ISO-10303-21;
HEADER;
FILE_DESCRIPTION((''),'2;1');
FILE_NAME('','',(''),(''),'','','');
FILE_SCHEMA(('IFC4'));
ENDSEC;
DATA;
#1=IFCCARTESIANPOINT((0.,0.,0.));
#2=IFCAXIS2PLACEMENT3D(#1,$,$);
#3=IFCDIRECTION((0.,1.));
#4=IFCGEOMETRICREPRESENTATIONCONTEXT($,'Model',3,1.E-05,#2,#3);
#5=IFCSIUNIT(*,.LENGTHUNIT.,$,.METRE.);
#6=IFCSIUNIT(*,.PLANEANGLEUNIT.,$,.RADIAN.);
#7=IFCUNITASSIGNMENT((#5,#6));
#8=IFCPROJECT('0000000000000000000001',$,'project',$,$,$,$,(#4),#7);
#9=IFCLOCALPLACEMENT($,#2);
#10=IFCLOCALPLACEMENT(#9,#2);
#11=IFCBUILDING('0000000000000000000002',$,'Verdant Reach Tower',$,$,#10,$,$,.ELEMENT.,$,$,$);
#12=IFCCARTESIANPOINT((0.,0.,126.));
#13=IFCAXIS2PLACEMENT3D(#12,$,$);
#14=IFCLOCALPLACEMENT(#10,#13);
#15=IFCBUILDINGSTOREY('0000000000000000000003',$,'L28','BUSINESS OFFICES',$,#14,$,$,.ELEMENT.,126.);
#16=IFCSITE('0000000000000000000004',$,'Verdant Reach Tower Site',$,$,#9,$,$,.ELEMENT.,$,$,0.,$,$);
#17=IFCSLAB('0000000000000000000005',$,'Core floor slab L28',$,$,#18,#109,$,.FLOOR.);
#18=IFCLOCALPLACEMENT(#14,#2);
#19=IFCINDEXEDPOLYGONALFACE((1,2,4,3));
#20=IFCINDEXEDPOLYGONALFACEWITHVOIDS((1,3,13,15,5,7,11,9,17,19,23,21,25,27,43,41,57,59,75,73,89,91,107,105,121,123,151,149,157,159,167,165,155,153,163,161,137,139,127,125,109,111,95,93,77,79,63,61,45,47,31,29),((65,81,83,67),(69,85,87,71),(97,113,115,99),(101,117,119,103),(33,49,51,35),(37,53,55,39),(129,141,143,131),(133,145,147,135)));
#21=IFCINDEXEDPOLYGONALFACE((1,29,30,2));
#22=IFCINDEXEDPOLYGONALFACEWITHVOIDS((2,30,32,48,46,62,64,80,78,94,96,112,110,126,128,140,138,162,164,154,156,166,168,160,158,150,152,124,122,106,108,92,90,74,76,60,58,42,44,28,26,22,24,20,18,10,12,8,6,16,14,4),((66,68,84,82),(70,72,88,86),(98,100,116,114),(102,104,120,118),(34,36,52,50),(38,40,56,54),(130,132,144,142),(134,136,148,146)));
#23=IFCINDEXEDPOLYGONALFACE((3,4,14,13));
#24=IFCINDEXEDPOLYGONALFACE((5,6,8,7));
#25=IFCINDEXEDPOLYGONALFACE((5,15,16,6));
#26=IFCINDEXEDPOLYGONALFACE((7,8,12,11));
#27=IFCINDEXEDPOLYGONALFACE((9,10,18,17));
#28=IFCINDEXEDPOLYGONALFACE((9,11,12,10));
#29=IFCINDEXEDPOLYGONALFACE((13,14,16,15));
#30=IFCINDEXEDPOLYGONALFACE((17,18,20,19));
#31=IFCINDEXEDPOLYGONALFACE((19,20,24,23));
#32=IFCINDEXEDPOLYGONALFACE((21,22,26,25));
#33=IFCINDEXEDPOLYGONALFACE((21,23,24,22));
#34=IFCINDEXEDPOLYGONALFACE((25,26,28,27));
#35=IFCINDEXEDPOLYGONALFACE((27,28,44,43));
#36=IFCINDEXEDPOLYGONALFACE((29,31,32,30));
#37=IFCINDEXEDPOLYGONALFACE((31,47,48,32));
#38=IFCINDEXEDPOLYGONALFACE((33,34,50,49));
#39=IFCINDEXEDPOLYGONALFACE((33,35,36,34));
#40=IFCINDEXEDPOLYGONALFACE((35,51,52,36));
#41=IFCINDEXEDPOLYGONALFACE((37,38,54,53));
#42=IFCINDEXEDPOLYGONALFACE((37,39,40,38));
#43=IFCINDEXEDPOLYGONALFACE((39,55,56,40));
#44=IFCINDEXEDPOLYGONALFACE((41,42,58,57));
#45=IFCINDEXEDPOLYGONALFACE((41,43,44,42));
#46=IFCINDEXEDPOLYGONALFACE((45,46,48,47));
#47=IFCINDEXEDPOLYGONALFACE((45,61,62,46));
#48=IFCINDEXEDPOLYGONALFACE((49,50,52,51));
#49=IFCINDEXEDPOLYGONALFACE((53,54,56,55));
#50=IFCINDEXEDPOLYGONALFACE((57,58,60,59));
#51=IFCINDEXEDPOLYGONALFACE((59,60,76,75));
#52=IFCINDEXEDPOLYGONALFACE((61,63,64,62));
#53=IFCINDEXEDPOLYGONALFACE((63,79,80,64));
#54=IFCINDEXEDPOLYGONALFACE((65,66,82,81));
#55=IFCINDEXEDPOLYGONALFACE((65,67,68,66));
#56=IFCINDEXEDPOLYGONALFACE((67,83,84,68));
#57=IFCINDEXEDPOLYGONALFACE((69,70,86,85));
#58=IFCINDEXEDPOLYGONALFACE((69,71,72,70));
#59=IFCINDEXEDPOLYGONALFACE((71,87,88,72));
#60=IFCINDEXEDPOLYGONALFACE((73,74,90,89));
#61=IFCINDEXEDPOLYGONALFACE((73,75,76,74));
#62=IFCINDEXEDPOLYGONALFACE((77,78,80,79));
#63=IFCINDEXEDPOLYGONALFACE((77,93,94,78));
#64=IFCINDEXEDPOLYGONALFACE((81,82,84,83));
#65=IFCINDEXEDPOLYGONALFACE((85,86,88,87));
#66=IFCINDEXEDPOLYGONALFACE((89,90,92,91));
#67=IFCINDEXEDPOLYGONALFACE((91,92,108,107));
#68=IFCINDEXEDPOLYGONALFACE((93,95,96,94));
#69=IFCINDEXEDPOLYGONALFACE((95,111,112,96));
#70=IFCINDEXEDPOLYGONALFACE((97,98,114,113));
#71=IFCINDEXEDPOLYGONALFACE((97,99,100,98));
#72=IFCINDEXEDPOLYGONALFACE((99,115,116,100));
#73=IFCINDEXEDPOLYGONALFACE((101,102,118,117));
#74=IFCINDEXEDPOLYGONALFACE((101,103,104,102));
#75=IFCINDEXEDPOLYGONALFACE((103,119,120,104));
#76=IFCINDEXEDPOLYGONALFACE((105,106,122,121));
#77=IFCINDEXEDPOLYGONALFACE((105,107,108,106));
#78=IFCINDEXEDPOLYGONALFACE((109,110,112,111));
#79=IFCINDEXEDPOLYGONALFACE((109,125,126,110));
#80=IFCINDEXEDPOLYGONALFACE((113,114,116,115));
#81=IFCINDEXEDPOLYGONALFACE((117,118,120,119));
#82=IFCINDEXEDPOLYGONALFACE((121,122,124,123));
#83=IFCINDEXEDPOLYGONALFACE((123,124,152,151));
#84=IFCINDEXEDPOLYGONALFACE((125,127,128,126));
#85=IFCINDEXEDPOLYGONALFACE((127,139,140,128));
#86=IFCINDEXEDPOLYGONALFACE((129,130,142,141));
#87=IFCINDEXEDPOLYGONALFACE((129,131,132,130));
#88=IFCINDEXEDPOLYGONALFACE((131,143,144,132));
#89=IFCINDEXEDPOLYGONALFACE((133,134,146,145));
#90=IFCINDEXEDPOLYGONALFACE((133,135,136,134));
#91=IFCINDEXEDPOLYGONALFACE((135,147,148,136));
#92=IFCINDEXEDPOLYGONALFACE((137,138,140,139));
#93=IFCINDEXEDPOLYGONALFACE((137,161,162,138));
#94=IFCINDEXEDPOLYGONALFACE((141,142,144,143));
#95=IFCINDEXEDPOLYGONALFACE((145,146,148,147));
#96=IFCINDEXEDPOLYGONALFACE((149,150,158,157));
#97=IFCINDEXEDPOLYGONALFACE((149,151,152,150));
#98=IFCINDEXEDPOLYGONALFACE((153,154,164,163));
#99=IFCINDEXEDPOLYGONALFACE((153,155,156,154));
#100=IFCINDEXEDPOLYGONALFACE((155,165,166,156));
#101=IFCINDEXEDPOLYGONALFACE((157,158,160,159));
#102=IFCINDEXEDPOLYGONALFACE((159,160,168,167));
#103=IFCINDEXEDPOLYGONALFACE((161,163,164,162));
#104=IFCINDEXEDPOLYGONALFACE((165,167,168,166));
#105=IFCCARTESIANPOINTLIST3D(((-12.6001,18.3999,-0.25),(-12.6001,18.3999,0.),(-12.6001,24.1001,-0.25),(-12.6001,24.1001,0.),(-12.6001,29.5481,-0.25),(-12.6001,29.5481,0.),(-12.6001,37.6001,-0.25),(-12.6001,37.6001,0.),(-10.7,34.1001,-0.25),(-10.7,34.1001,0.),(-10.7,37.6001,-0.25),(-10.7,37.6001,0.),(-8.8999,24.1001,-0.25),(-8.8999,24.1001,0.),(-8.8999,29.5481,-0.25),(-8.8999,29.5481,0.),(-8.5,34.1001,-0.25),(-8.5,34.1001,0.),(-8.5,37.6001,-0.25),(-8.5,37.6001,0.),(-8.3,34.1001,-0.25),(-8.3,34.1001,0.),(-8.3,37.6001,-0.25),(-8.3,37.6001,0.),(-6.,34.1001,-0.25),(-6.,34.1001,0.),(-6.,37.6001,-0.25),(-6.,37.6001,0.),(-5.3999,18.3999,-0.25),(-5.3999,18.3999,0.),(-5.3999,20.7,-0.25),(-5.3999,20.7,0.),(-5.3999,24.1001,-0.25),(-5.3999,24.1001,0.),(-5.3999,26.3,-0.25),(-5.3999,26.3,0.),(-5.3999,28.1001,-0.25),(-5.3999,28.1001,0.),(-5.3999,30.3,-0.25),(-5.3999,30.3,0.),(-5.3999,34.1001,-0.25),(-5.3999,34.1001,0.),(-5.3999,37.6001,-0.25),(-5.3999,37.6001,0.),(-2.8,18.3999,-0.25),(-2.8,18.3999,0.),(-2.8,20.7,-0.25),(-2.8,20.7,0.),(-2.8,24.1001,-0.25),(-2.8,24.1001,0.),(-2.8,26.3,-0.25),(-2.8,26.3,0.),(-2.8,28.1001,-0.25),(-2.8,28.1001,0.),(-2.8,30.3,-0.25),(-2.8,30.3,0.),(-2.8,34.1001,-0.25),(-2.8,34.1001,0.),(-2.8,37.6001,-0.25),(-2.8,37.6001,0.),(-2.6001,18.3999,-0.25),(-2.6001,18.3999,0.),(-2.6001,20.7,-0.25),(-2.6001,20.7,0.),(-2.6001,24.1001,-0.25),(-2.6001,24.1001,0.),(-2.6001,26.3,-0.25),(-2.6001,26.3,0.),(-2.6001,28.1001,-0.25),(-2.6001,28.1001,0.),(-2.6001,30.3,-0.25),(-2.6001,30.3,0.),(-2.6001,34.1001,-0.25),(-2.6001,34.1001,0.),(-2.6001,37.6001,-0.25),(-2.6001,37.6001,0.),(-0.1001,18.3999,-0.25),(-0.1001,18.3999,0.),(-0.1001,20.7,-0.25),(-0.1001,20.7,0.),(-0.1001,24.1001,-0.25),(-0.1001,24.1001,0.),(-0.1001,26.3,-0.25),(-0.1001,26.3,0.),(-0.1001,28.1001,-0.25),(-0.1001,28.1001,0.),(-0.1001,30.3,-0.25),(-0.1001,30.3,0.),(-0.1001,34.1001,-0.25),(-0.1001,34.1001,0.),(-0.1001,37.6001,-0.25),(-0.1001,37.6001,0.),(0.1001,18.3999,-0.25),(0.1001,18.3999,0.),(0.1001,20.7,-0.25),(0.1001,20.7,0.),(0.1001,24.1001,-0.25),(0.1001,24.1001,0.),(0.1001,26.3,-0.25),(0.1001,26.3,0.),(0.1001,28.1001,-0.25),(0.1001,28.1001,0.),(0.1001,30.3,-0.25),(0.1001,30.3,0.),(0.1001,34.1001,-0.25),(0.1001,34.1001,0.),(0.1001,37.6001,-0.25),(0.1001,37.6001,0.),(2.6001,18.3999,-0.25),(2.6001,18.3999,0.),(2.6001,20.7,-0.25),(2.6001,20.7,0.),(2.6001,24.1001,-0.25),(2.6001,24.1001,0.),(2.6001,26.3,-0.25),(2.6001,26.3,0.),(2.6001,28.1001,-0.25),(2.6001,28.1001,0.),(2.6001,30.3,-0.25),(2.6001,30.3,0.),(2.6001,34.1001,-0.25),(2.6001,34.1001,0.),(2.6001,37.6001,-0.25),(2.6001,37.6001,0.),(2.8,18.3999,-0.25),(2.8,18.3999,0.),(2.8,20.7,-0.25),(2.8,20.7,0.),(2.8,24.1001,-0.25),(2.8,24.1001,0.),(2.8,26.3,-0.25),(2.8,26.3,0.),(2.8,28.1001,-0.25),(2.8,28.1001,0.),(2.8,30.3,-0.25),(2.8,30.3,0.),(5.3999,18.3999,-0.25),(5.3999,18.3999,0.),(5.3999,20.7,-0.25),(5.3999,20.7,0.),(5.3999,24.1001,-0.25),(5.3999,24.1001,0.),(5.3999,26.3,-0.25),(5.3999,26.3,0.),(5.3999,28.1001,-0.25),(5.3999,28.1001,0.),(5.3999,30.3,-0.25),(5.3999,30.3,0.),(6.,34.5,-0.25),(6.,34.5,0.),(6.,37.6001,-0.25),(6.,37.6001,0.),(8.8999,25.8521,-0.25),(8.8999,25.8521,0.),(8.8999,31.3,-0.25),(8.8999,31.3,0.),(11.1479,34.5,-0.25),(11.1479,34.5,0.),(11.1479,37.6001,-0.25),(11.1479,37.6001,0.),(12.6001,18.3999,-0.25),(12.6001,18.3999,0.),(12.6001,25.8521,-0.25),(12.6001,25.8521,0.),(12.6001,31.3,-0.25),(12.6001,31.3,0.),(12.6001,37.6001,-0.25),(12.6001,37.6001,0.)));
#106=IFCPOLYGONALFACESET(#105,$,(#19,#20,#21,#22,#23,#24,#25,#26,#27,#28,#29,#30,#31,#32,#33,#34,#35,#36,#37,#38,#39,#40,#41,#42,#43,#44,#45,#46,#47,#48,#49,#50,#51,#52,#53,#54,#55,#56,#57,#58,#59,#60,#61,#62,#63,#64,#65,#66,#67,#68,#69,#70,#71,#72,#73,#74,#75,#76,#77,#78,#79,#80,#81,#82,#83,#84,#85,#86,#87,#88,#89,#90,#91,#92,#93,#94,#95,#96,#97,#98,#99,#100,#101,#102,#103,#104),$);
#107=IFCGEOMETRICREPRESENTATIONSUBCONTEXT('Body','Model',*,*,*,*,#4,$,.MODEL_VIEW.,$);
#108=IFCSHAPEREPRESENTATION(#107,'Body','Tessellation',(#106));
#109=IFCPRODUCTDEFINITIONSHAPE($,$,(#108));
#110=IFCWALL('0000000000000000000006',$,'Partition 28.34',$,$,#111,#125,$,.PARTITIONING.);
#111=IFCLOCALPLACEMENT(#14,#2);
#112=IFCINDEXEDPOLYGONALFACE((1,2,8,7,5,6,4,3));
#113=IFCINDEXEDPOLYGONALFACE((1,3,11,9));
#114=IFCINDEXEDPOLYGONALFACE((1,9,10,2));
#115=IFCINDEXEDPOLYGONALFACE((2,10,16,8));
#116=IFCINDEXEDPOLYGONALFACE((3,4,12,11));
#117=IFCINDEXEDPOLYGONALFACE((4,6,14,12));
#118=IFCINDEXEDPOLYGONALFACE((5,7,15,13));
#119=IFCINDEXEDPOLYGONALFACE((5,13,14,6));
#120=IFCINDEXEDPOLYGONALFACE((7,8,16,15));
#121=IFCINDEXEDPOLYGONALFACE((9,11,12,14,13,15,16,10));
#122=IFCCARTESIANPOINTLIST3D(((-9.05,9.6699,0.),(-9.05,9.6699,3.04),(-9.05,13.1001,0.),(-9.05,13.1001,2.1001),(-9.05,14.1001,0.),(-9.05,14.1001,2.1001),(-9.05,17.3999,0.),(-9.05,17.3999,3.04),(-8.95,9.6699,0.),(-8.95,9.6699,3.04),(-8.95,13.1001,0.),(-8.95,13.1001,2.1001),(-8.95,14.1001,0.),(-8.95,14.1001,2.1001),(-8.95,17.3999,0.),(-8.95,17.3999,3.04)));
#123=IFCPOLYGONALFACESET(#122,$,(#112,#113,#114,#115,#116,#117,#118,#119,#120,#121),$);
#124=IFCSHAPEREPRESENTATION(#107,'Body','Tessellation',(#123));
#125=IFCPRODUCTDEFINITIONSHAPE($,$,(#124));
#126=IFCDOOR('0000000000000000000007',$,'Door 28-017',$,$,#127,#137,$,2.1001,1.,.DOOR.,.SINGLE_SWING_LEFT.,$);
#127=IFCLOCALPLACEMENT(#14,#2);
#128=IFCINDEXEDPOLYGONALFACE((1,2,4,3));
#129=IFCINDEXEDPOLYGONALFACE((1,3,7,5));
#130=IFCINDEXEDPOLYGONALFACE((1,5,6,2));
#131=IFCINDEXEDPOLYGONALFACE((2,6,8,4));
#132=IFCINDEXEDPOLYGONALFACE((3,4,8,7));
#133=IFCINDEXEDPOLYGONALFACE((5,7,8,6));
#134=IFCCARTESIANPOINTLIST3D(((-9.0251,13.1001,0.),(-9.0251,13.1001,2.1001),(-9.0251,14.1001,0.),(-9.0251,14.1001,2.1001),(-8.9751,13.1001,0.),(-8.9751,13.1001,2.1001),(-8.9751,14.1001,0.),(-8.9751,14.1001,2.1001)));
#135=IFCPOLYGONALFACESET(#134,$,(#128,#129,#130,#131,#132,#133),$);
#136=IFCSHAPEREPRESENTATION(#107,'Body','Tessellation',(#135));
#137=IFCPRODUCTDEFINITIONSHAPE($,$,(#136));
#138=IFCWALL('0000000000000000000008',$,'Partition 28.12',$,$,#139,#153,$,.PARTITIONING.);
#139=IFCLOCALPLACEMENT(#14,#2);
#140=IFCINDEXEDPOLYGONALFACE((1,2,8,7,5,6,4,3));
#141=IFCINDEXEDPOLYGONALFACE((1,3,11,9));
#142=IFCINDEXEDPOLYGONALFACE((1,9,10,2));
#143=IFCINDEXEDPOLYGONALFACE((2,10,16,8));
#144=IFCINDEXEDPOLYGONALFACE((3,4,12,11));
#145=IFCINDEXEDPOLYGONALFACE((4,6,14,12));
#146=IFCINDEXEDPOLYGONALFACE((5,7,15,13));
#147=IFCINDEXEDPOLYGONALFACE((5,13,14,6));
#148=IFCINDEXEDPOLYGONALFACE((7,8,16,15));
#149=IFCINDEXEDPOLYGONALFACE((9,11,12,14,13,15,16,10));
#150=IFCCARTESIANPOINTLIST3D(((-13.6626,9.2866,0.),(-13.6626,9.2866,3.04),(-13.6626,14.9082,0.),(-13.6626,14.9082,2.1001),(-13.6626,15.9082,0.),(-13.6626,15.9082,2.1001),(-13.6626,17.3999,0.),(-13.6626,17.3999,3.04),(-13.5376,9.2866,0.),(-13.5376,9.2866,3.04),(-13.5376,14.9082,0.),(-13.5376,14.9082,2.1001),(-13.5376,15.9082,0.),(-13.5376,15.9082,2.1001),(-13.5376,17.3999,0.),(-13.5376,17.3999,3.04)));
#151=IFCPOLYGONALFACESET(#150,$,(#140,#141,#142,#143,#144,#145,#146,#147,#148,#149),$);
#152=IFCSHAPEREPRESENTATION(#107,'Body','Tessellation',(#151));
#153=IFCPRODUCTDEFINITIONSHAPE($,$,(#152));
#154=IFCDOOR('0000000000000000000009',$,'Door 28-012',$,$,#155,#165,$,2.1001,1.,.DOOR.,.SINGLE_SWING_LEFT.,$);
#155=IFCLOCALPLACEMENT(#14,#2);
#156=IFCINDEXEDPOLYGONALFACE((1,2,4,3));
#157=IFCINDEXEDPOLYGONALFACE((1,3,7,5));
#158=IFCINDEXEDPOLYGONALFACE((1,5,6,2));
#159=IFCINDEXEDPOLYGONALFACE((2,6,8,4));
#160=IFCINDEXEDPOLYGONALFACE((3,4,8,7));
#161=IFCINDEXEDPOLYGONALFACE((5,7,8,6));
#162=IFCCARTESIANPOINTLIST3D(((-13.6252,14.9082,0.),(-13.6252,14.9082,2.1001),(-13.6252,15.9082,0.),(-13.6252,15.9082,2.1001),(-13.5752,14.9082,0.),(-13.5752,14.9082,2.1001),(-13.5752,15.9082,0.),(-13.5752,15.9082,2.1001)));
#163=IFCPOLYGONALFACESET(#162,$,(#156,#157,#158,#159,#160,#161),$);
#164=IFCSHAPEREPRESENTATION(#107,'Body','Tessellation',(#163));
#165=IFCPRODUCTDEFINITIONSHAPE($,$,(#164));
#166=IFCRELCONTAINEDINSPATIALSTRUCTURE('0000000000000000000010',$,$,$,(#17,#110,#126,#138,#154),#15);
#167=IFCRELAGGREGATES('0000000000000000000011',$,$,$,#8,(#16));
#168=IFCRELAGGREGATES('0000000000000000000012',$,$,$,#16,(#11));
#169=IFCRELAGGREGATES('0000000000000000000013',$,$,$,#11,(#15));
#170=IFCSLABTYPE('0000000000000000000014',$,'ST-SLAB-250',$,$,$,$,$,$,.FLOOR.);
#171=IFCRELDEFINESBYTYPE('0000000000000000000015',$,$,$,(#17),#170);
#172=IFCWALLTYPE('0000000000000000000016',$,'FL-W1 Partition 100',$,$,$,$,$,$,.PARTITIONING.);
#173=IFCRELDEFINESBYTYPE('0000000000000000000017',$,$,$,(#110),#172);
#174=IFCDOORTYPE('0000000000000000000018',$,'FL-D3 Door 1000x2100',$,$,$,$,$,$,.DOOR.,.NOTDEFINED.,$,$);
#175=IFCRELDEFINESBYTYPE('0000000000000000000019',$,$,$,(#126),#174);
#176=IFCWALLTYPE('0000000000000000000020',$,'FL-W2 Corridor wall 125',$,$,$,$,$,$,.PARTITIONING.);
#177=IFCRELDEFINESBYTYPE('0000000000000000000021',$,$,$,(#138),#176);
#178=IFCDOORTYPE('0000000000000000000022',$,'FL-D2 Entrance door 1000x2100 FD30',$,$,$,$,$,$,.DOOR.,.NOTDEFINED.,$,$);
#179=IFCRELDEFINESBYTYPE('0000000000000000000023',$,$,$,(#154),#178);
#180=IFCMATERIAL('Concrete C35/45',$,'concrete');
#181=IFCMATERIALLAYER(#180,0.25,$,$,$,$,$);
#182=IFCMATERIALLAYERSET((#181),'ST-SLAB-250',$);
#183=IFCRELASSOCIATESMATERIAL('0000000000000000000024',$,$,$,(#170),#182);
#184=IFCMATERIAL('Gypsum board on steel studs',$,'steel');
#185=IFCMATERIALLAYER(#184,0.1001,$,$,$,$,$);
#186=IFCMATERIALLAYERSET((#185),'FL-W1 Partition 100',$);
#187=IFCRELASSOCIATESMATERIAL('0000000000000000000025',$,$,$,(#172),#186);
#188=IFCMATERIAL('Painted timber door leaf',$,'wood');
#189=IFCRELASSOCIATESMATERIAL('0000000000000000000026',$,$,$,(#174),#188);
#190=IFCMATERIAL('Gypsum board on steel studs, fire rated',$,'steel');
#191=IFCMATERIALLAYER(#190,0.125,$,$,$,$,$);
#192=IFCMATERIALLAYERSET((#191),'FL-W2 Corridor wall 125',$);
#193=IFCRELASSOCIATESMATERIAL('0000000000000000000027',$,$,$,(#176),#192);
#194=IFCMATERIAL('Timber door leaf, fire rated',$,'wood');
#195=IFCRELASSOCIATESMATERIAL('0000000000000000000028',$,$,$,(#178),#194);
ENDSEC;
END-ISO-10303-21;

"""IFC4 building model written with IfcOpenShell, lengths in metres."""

from ifc_helpers import new_model, si_unit, direction, frame, frame_2d, origin, place, context, subcontext, project, spatial, polyline, rectangle, outline, extrude, material, layer, layer_set, type_object, element, fill, save


model = new_model("IFC4")

# Units and contexts
model_context = context("Model", 3, precision=1e-05, world=origin(), true_north=direction((0.0, 1.0)))
body_context = subcontext(model_context, "Body", "Model", "MODEL_VIEW")
ifc_project = project(units=[si_unit("LENGTHUNIT", "METRE"), si_unit("PLANEANGLEUNIT", "RADIAN")], contexts=[model_context])

# Site, building, storey
site_placement = place(None, origin())
site = spatial("IfcSite", under=ifc_project, at=site_placement, Name="Verdant Reach Tower Site", CompositionType="ELEMENT", RefElevation=0.0)
building_placement = place(site_placement, origin())
building = spatial("IfcBuilding", under=site, at=building_placement, Name="Verdant Reach Tower", CompositionType="ELEMENT")
storey_placement = place(building_placement, frame((0.0, 0.0, 126.0)))
storey = spatial("IfcBuildingStorey", under=building, at=storey_placement, Name="L28", Description="BUSINESS OFFICES", CompositionType="ELEMENT", Elevation=126.0)

# Slab
ifc_material_1 = material(Name="Concrete C35/45", Category="concrete")
ifc_layer_1 = layer(ifc_material_1, 0.25)
ifc_layer_set_1 = layer_set([ifc_layer_1], Name="ST-SLAB-250")
slab_type_1 = type_object("IfcSlabType", Name="ST-SLAB-250", PredefinedType="FLOOR", material=ifc_layer_set_1)
slab_1_placement = place(storey_placement, frame((0.0, 0.0, -0.25)))
element("IfcSlab", 1, at=slab_1_placement, inside=storey, type_object=slab_type_1, Name="Core floor slab L28", PredefinedType="FLOOR", context=body_context, shape_type="SweptSolid", body=[
    extrude(outline(polyline([(12.6001, 18.3999), (5.3999, 18.3999), (5.3999, 20.7), (2.8, 20.7), (2.8, 18.3999), (2.6001, 18.3999), (2.6001, 20.7), (0.1001, 20.7), (0.1001, 18.3999), (-0.1001, 18.3999), (-0.1001, 20.7), (-2.6001, 20.7), (-2.6001, 18.3999), (-2.8, 18.3999), (-2.8, 20.7), (-5.3999, 20.7), (-5.3999, 18.3999), (-12.6001, 18.3999), (-12.6001, 24.1001), (-8.8999, 24.1001), (-8.8999, 29.5481), (-12.6001, 29.5481), (-12.6001, 37.6001), (-10.7, 37.6001), (-10.7, 34.1001), (-8.5, 34.1001), (-8.5, 37.6001), (-8.3, 37.6001), (-8.3, 34.1001), (-6.0, 34.1001), (-6.0, 37.6001), (-5.3999, 37.6001), (-5.3999, 34.1001), (-2.8, 34.1001), (-2.8, 37.6001), (-2.6001, 37.6001), (-2.6001, 34.1001), (-0.1001, 34.1001), (-0.1001, 37.6001), (0.1001, 37.6001), (0.1001, 34.1001), (2.6001, 34.1001), (2.6001, 37.6001), (6.0, 37.6001), (6.0, 34.5), (11.1479, 34.5), (11.1479, 37.6001), (12.6001, 37.6001), (12.6001, 31.3), (8.8999, 31.3), (8.8999, 25.8521), (12.6001, 25.8521), (12.6001, 18.3999)]), holes=[polyline([(-2.8, 24.1001), (-2.8, 26.3), (-5.3999, 26.3), (-5.3999, 24.1001), (-2.8, 24.1001)]), polyline([(-2.6001, 24.1001), (-0.1001, 24.1001), (-0.1001, 26.3), (-2.6001, 26.3), (-2.6001, 24.1001)]), polyline([(-2.8, 28.1001), (-2.8, 30.3), (-5.3999, 30.3), (-5.3999, 28.1001), (-2.8, 28.1001)]), polyline([(-0.1001, 28.1001), (-0.1001, 30.3), (-2.6001, 30.3), (-2.6001, 28.1001), (-0.1001, 28.1001)]), polyline([(2.6001, 24.1001), (2.6001, 26.3), (0.1001, 26.3), (0.1001, 24.1001), (2.6001, 24.1001)]), polyline([(2.8, 24.1001), (5.3999, 24.1001), (5.3999, 26.3), (2.8, 26.3), (2.8, 24.1001)]), polyline([(2.6001, 28.1001), (2.6001, 30.3), (0.1001, 30.3), (0.1001, 28.1001), (2.6001, 28.1001)]), polyline([(5.3999, 28.1001), (5.3999, 30.3), (2.8, 30.3), (2.8, 28.1001), (5.3999, 28.1001)])]), origin(), (0.0, 0.0, 1.0), 0.25),
])

# Walls, openings, doors
ifc_material_2 = material(Name="Gypsum board on steel studs", Category="steel")
ifc_layer_2 = layer(ifc_material_2, 0.1001)
ifc_layer_set_2 = layer_set([ifc_layer_2], Name="FL-W1 Partition 100")
wall_type_1 = type_object("IfcWallType", Name="FL-W1 Partition 100", PredefinedType="PARTITIONING", material=ifc_layer_set_2)
wall_1_placement = place(storey_placement, frame((-9.0, 17.3999, 0.0), z_axis=(0.0, 0.0, 1.0), x_axis=(0.0, -1.0, 0.0)))
wall_1 = element("IfcWall", 2, at=wall_1_placement, inside=storey, type_object=wall_type_1, Name="Partition 28.34", PredefinedType="PARTITIONING", context=body_context, shape_type="SweptSolid", body=[
    extrude(rectangle(XDim=7.73, YDim=0.1001, at=frame_2d((3.865, 0.0))), origin(), (0.0, 0.0, 1.0), 3.04),
])
opening_1_placement = place(wall_1_placement, frame((3.2998, 0.0, 0.0)))
opening_1 = element("IfcOpeningElement", 3, at=opening_1_placement, cuts=wall_1, PredefinedType="OPENING", context=body_context, shape_type="SweptSolid", body=[
    extrude(rectangle(XDim=1.0, YDim=2.1001, at=frame_2d((0.5, 1.05))), frame((0.0, 0.0601, 0.0), z_axis=(0.0, -1.0, 0.0), x_axis=(1.0, 0.0, 0.0)), (0.0, 0.0, 1.0), 0.1201),
])
ifc_material_3 = material(Name="Painted timber door leaf", Category="wood")
door_type_1 = type_object("IfcDoorType", Name="FL-D3 Door 1000x2100", OperationType="NOTDEFINED", PredefinedType="DOOR", material=ifc_material_3)
door_1_placement = place(opening_1_placement, origin())
door_1 = element("IfcDoor", 4, at=door_1_placement, inside=storey, type_object=door_type_1, Name="Door 28-017", OperationType="SINGLE_SWING_LEFT", OverallHeight=2.1001, OverallWidth=1.0, PredefinedType="DOOR", context=body_context, shape_type="SweptSolid", body=[
    extrude(rectangle(XDim=1.0, YDim=2.1001, at=frame_2d((0.5, 1.05))), frame((0.0, 0.0249, 0.0), z_axis=(0.0, -1.0, 0.0), x_axis=(1.0, 0.0, 0.0)), (0.0, 0.0, 1.0), 0.05),
])
fill(opening_1, door_1)
ifc_material_4 = material(Name="Gypsum board on steel studs, fire rated", Category="steel")
ifc_layer_3 = layer(ifc_material_4, 0.125)
ifc_layer_set_3 = layer_set([ifc_layer_3], Name="FL-W2 Corridor wall 125")
wall_type_2 = type_object("IfcWallType", Name="FL-W2 Corridor wall 125", PredefinedType="PARTITIONING", material=ifc_layer_set_3)
wall_2_placement = place(storey_placement, frame((-13.6001, 17.3999, 0.0), z_axis=(0.0, 0.0, 1.0), x_axis=(0.0, -1.0, 0.0)))
wall_2 = element("IfcWall", 5, at=wall_2_placement, inside=storey, type_object=wall_type_2, Name="Partition 28.12", PredefinedType="PARTITIONING", context=body_context, shape_type="SweptSolid", body=[
    extrude(rectangle(XDim=8.1133, YDim=0.125, at=frame_2d((4.0566, 0.0))), origin(), (0.0, 0.0, 1.0), 3.04),
])
opening_2_placement = place(wall_2_placement, frame((1.4917, 0.0, 0.0)))
opening_2 = element("IfcOpeningElement", 6, at=opening_2_placement, cuts=wall_2, PredefinedType="OPENING", context=body_context, shape_type="SweptSolid", body=[
    extrude(rectangle(XDim=1.0, YDim=2.1001, at=frame_2d((0.5, 1.05))), frame((0.0, 0.0725, 0.0), z_axis=(0.0, -1.0, 0.0), x_axis=(1.0, 0.0, 0.0)), (0.0, 0.0, 1.0), 0.145),
])
ifc_material_5 = material(Name="Timber door leaf, fire rated", Category="wood")
door_type_2 = type_object("IfcDoorType", Name="FL-D2 Entrance door 1000x2100 FD30", OperationType="NOTDEFINED", PredefinedType="DOOR", material=ifc_material_5)
door_2_placement = place(opening_2_placement, origin())
door_2 = element("IfcDoor", 7, at=door_2_placement, inside=storey, type_object=door_type_2, Name="Door 28-012", OperationType="SINGLE_SWING_LEFT", OverallHeight=2.1001, OverallWidth=1.0, PredefinedType="DOOR", context=body_context, shape_type="SweptSolid", body=[
    extrude(rectangle(XDim=1.0, YDim=2.1001, at=frame_2d((0.5, 1.05))), frame((0.0, 0.0249, 0.0), z_axis=(0.0, -1.0, 0.0), x_axis=(1.0, 0.0, 0.0)), (0.0, 0.0, 1.0), 0.05),
])
fill(opening_2, door_2)

save(model, "model.ifc")
